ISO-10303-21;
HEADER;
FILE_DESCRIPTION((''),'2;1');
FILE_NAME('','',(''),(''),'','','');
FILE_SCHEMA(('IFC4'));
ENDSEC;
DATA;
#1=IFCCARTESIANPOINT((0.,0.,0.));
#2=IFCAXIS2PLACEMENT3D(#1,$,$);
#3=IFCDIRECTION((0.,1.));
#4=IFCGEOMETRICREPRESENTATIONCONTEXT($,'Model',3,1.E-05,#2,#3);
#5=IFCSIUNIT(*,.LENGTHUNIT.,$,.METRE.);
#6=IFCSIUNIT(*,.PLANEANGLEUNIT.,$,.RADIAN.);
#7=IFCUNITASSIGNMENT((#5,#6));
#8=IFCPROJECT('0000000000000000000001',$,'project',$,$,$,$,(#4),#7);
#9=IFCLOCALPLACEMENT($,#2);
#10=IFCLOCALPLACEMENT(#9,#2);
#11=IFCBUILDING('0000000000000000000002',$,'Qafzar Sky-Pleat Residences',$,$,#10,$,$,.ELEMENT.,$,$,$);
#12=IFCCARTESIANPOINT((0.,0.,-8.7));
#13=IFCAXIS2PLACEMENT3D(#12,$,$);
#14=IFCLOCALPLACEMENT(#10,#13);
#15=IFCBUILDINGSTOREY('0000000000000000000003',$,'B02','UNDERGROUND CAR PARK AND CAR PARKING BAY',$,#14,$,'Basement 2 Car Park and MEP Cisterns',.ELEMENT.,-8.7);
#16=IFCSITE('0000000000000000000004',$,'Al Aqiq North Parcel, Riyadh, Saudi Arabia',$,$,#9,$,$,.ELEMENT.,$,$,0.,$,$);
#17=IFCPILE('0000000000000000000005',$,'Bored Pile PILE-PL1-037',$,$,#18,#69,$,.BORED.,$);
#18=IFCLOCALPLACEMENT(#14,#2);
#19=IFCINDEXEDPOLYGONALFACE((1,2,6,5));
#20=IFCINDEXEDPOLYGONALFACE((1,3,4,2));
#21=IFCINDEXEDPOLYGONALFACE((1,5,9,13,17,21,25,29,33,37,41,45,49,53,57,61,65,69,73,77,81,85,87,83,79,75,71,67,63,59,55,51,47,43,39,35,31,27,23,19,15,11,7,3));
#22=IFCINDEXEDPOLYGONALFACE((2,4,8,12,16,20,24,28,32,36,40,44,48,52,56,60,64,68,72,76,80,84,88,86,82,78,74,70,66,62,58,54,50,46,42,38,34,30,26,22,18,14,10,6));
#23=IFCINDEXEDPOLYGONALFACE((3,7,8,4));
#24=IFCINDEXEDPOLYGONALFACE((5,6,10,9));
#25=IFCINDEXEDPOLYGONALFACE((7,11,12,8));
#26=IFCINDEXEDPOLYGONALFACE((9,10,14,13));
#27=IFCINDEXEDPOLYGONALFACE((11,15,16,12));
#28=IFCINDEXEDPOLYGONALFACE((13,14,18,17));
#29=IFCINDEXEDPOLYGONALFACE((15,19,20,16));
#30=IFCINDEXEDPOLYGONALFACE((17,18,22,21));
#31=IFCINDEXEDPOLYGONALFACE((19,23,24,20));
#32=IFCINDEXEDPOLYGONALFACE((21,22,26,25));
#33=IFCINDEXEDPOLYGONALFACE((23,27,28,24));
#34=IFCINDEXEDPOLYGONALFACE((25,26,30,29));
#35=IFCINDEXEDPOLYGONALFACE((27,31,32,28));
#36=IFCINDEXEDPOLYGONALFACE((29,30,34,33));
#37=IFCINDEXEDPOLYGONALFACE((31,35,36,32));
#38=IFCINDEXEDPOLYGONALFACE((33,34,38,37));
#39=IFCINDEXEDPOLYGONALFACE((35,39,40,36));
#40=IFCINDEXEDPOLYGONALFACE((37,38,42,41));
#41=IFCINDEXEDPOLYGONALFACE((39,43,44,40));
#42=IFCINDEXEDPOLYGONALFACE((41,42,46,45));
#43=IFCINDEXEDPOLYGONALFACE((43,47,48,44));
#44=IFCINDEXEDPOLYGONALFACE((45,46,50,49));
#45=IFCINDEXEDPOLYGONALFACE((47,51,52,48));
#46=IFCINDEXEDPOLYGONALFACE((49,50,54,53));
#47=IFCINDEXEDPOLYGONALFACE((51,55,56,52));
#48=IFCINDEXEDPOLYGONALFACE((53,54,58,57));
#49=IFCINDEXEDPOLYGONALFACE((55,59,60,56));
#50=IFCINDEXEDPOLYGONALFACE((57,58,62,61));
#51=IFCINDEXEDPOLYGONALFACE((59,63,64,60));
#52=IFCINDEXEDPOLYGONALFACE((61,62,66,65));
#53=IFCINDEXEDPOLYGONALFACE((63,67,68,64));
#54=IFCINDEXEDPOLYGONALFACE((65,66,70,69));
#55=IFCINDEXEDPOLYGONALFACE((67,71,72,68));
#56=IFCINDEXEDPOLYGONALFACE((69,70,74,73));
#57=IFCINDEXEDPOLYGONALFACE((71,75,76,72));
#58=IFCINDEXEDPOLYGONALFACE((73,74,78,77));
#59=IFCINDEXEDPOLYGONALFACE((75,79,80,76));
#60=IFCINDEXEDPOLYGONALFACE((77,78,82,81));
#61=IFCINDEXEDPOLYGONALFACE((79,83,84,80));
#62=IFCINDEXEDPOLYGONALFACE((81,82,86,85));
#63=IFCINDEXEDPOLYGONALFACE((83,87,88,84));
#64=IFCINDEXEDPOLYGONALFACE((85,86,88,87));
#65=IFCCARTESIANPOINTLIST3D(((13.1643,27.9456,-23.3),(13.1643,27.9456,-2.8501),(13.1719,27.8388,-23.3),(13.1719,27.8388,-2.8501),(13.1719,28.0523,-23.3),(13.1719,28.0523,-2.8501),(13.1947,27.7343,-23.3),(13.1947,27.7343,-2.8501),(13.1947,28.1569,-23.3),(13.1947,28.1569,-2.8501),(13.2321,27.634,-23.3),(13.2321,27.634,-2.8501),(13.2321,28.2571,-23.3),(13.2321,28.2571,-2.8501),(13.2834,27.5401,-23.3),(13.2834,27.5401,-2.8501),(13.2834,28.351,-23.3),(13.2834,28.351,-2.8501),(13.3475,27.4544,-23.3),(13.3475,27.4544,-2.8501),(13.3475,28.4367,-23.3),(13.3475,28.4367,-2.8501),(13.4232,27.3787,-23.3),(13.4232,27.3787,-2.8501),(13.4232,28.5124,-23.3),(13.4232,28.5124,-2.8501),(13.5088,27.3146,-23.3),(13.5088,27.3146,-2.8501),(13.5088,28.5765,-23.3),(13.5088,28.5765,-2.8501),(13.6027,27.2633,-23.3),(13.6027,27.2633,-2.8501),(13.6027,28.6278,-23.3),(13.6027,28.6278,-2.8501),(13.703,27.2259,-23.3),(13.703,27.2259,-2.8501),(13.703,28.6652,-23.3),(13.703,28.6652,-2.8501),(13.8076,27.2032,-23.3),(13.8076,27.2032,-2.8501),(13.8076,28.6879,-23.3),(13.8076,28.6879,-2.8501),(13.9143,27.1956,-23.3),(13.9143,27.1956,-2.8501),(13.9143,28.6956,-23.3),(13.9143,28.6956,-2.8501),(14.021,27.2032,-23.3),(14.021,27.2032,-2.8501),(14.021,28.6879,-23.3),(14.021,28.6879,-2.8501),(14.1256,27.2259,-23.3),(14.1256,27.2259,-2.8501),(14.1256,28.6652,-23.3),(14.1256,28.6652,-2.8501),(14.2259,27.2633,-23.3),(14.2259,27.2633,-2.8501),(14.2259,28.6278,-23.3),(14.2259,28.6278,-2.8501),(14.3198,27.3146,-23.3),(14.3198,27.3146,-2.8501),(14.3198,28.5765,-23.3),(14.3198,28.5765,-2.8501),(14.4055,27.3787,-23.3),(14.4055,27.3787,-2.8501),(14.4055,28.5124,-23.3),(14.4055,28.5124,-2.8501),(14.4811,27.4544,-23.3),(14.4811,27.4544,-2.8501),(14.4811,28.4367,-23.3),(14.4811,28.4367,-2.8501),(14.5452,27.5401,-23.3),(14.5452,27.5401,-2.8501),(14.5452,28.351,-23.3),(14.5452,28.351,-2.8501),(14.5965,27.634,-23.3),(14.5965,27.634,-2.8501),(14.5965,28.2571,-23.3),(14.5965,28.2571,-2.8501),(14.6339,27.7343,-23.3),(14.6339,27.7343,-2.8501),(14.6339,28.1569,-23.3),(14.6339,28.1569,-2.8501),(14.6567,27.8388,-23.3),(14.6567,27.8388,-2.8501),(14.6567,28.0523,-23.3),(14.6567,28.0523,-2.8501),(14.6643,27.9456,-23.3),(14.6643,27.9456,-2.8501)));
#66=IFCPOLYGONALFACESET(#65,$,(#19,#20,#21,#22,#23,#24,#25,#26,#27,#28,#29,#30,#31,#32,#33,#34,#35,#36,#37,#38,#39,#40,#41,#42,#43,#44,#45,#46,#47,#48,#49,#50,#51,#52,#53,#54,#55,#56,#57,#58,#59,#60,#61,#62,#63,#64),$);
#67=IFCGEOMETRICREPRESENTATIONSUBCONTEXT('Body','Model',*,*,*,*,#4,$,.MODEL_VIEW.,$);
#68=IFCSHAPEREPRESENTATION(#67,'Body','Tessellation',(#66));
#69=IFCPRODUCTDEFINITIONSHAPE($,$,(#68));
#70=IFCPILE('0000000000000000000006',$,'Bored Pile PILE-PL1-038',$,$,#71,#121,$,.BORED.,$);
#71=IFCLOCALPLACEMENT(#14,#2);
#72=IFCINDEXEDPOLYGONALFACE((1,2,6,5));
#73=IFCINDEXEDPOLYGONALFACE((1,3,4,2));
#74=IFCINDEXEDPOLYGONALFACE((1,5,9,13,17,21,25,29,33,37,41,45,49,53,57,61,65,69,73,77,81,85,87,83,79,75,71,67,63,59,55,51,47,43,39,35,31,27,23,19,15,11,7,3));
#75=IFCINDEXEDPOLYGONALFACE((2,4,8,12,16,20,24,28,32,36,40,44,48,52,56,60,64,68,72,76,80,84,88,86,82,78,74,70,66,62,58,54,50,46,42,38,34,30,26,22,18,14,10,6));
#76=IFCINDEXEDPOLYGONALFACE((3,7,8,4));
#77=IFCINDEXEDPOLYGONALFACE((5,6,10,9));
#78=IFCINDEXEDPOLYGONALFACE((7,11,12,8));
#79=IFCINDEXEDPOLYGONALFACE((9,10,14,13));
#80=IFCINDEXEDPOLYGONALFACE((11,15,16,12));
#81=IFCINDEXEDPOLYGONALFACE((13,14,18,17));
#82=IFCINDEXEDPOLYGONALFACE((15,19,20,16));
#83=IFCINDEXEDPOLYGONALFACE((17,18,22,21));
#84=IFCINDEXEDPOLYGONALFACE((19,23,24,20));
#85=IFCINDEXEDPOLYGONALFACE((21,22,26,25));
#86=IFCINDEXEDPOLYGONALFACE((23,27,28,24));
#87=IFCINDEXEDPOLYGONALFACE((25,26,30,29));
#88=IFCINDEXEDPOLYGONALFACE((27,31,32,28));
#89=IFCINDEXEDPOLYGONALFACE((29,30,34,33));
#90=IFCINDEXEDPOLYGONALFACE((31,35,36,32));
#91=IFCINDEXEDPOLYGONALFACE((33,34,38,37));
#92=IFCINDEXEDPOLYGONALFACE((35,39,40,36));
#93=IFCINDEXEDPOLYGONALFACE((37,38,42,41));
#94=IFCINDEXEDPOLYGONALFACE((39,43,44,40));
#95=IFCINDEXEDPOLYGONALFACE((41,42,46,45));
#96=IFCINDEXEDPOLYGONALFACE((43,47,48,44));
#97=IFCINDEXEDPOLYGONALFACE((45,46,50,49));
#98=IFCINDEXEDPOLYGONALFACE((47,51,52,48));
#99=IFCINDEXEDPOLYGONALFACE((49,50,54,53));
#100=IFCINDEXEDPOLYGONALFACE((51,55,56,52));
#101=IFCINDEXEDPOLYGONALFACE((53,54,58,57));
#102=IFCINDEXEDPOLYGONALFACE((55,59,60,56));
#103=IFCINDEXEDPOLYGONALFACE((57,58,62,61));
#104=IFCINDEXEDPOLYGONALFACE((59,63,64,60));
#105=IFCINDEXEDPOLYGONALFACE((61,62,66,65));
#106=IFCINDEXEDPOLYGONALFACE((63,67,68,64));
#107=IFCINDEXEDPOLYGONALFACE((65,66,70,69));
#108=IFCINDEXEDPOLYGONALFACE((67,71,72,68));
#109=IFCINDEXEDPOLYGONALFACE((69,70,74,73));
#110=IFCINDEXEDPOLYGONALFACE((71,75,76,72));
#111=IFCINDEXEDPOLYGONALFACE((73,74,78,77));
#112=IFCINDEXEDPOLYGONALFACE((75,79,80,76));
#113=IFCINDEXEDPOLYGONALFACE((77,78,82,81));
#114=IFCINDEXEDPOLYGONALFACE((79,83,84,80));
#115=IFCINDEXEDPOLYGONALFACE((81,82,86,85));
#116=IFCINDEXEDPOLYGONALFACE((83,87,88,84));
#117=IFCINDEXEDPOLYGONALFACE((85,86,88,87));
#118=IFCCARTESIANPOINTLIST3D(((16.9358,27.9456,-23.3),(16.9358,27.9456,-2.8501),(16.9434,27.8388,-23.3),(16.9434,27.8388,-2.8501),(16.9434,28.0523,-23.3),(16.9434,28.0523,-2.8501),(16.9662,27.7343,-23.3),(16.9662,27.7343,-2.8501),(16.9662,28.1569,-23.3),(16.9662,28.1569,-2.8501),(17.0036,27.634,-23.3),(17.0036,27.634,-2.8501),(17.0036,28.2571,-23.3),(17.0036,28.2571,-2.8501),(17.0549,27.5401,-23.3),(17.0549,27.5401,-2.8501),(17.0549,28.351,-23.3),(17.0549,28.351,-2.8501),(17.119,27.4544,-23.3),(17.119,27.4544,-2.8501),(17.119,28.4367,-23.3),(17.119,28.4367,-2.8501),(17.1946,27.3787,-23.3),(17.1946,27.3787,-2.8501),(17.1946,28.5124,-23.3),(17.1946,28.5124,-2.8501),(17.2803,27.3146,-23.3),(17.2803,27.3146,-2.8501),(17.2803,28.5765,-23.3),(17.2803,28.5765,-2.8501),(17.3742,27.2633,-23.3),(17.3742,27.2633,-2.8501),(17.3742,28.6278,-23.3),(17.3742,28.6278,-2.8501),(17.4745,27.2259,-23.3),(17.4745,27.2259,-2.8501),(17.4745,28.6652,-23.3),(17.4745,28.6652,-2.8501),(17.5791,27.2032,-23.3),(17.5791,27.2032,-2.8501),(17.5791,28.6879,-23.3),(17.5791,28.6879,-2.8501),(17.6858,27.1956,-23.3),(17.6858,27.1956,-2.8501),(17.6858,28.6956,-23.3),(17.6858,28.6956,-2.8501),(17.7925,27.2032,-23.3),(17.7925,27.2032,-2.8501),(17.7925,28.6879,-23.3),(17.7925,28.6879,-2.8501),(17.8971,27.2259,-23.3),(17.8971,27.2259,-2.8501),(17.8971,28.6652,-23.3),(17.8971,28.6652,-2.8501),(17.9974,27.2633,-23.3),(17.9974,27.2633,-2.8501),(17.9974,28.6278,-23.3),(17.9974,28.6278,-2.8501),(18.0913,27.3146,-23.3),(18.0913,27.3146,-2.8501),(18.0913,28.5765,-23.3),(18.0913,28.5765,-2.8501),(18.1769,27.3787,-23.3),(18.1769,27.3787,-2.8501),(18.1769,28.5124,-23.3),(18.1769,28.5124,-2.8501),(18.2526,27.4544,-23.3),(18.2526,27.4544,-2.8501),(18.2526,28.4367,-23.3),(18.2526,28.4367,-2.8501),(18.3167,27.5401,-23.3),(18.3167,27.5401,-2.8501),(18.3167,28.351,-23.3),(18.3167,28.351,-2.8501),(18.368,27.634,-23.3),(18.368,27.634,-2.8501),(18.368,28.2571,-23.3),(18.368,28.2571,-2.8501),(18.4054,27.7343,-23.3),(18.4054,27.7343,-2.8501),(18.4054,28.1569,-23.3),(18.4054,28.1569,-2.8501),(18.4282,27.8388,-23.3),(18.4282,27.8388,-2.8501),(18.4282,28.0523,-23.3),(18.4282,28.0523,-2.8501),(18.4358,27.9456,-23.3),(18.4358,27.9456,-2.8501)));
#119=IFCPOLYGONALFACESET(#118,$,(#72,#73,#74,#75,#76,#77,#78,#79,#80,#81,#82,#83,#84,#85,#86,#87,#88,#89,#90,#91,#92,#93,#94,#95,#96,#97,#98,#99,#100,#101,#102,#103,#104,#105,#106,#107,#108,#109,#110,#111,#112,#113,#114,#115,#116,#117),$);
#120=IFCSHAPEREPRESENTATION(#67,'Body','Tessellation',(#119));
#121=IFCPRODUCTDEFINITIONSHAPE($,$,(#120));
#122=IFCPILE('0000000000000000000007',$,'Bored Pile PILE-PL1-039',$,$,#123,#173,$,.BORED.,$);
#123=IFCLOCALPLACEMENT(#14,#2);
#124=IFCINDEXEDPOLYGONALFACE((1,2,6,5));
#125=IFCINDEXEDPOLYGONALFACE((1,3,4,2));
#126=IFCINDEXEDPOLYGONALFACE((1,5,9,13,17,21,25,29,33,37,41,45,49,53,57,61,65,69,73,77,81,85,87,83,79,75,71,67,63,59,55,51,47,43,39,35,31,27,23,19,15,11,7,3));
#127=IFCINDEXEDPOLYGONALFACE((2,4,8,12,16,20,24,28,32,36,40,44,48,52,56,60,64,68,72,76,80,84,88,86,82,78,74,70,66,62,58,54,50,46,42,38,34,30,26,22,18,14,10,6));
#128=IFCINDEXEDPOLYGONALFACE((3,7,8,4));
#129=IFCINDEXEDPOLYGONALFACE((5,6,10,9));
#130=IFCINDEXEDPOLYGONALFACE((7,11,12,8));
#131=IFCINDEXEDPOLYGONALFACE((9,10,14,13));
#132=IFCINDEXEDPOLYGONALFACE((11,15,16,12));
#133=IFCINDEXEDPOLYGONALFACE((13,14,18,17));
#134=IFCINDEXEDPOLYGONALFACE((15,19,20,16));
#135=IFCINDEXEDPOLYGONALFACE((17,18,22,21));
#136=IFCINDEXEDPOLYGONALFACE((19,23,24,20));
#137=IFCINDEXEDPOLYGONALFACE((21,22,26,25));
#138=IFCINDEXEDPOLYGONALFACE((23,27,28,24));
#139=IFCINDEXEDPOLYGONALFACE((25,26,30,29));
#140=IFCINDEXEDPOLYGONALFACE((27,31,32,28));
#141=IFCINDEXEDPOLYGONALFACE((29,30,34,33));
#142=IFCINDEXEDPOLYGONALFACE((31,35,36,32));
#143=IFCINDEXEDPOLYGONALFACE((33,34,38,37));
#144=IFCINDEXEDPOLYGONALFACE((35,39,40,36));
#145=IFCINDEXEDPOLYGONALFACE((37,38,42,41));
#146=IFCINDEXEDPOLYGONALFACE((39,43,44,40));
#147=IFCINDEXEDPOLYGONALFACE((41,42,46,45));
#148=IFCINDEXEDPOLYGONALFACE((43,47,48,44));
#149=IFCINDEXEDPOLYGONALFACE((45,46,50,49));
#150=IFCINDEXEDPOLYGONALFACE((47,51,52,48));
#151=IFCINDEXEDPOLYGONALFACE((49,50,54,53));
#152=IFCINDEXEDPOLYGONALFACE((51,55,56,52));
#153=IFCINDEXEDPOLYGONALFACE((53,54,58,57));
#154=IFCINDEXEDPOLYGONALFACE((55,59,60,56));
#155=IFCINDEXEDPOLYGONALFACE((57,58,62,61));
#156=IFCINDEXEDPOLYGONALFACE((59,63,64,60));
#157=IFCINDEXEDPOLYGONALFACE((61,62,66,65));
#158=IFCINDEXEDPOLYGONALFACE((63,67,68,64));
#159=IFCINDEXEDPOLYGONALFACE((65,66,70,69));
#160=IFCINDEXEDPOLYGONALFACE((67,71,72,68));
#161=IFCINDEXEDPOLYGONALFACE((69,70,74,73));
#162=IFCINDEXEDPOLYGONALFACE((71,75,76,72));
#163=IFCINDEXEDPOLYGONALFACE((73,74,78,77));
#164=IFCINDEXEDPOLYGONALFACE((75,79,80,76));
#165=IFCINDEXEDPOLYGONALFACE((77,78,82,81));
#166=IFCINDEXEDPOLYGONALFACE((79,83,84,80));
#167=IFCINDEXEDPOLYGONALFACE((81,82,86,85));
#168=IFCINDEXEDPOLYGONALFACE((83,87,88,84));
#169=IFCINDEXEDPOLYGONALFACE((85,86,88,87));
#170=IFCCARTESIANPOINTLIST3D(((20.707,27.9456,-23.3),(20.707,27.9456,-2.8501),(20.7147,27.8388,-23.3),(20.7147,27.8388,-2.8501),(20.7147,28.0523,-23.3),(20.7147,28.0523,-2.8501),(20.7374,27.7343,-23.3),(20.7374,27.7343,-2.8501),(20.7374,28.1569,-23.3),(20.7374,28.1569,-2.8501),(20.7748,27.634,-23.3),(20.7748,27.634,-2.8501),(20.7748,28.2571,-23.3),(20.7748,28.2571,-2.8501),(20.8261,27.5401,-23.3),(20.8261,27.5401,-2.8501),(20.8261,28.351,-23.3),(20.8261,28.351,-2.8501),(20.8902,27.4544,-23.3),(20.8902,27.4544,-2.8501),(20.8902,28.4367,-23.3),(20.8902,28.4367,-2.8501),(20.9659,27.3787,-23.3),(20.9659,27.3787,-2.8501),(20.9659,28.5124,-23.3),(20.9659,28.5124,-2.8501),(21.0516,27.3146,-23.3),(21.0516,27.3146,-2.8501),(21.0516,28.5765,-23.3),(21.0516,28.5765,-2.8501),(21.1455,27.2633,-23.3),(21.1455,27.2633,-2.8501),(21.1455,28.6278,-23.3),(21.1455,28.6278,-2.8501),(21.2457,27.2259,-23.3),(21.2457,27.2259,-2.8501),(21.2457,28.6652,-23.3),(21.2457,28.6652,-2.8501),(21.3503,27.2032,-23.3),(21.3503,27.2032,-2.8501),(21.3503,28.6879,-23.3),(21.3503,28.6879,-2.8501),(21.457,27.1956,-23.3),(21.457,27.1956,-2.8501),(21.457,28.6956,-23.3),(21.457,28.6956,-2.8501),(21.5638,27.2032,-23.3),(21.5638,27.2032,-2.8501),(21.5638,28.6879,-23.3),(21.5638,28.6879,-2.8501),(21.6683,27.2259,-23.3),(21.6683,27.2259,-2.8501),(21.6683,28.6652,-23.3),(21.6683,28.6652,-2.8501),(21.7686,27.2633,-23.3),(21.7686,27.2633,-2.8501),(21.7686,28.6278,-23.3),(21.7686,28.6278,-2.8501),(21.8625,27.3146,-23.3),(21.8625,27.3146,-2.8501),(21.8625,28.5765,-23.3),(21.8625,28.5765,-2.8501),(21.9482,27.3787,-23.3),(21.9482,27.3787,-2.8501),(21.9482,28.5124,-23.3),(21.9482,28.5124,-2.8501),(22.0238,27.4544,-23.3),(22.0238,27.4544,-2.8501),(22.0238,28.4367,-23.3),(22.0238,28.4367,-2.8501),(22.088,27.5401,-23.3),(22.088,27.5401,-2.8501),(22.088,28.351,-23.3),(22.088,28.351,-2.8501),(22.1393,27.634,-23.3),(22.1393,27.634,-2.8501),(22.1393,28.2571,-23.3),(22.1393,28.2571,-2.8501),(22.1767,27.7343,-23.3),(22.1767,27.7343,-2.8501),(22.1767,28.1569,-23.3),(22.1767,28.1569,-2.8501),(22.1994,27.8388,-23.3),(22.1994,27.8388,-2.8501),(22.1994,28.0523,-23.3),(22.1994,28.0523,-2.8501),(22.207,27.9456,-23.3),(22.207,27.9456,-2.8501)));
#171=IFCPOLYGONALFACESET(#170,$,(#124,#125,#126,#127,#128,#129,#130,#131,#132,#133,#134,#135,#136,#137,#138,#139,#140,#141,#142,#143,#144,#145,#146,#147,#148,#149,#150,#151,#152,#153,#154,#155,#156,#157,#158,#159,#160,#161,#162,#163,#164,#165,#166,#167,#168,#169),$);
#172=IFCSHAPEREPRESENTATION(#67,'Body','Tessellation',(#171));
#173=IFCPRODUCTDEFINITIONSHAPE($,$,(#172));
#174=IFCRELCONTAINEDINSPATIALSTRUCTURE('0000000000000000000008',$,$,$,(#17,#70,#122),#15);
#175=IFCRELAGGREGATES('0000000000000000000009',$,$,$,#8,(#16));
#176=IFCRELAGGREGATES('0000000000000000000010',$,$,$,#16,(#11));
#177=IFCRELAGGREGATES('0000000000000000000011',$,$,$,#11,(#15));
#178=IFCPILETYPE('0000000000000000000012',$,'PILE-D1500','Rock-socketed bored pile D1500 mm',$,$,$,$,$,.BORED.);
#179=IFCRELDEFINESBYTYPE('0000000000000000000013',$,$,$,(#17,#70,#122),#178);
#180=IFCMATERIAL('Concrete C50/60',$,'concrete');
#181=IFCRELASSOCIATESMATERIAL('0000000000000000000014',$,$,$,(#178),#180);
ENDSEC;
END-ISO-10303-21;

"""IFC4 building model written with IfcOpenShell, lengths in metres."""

from ifc_helpers import new_model, si_unit, direction, frame, origin, origin_2d, place, context, subcontext, project, spatial, circle, extrude, source, transform, mapped, material, material_profile, profile_set, type_object, element, save


model = new_model("IFC4")

# Units and contexts
model_context = context("Model", 3, precision=1e-05, world=origin(), true_north=direction((0.0, 1.0)))
body_context = subcontext(model_context, "Body", "Model", "MODEL_VIEW")
ifc_project = project(units=[si_unit("LENGTHUNIT", "METRE"), si_unit("PLANEANGLEUNIT", "RADIAN")], contexts=[model_context])

# Site, building, storey
site_placement = place(None, origin())
site = spatial("IfcSite", under=ifc_project, at=site_placement, Name="Al Aqiq North Parcel, Riyadh, Saudi Arabia", CompositionType="ELEMENT", RefElevation=0.0)
building_placement = place(site_placement, origin())
building = spatial("IfcBuilding", under=site, at=building_placement, Name="Qafzar Sky-Pleat Residences", CompositionType="ELEMENT")
storey_placement = place(building_placement, frame((0.0, 0.0, -8.7)))
storey = spatial("IfcBuildingStorey", under=building, at=storey_placement, Name="B02", Description="UNDERGROUND CAR PARK AND CAR PARKING BAY", LongName="Basement 2 Car Park and MEP Cisterns", CompositionType="ELEMENT", Elevation=-8.7)

# Piles
ifc_material_1 = material(Name="Concrete C50/60", Category="concrete")
ifc_material_profile_1 = material_profile(ifc_material_1, circle(Radius=0.75, at=origin_2d()), Name="PILE D1500")
ifc_profile_set_1 = profile_set([ifc_material_profile_1], Name="Concrete C50/60")
pile_type = type_object("IfcPileType", Name="PILE-D1500", Description="Rock-socketed bored pile D1500 mm", PredefinedType="BORED", material=ifc_profile_set_1)
shared_shape_1 = source(origin(), body_context, "Body", "SweptSolid", [
    extrude(circle(Radius=0.75, at=origin_2d()), origin(), (0.0, 0.0, 1.0), 20.45),
])
for number, where, z_axis, x_axis, name in (
    (1, (13.9143, 27.9456, -2.8501), (0.0, 0.0, -1.0), (1.0, 0.0, 0.0), "Bored Pile PILE-PL1-037"),
    (2, (17.6858, 27.9456, -2.8501), (0.0, 0.0, -1.0), (1.0, 0.0, 0.0), "Bored Pile PILE-PL1-038"),
    (3, (21.457, 27.9456, -2.8501), (0.0, 0.0, -1.0), (1.0, 0.0, 0.0), "Bored Pile PILE-PL1-039"),
):
    element("IfcPile", number, at=place(storey_placement, frame(where, z_axis=z_axis, x_axis=x_axis)), inside=storey, type_object=pile_type, Name=name, PredefinedType="BORED", context=body_context, shape_type="MappedRepresentation", body=[
        mapped(shared_shape_1, transform((0.0, 0.0, 0.0), x_axis=(1.0, 0.0, 0.0), y_axis=(0.0, 1.0, 0.0), z_axis=(0.0, 0.0, 1.0), scale=1.0)),
    ])

save(model, "model.ifc")
